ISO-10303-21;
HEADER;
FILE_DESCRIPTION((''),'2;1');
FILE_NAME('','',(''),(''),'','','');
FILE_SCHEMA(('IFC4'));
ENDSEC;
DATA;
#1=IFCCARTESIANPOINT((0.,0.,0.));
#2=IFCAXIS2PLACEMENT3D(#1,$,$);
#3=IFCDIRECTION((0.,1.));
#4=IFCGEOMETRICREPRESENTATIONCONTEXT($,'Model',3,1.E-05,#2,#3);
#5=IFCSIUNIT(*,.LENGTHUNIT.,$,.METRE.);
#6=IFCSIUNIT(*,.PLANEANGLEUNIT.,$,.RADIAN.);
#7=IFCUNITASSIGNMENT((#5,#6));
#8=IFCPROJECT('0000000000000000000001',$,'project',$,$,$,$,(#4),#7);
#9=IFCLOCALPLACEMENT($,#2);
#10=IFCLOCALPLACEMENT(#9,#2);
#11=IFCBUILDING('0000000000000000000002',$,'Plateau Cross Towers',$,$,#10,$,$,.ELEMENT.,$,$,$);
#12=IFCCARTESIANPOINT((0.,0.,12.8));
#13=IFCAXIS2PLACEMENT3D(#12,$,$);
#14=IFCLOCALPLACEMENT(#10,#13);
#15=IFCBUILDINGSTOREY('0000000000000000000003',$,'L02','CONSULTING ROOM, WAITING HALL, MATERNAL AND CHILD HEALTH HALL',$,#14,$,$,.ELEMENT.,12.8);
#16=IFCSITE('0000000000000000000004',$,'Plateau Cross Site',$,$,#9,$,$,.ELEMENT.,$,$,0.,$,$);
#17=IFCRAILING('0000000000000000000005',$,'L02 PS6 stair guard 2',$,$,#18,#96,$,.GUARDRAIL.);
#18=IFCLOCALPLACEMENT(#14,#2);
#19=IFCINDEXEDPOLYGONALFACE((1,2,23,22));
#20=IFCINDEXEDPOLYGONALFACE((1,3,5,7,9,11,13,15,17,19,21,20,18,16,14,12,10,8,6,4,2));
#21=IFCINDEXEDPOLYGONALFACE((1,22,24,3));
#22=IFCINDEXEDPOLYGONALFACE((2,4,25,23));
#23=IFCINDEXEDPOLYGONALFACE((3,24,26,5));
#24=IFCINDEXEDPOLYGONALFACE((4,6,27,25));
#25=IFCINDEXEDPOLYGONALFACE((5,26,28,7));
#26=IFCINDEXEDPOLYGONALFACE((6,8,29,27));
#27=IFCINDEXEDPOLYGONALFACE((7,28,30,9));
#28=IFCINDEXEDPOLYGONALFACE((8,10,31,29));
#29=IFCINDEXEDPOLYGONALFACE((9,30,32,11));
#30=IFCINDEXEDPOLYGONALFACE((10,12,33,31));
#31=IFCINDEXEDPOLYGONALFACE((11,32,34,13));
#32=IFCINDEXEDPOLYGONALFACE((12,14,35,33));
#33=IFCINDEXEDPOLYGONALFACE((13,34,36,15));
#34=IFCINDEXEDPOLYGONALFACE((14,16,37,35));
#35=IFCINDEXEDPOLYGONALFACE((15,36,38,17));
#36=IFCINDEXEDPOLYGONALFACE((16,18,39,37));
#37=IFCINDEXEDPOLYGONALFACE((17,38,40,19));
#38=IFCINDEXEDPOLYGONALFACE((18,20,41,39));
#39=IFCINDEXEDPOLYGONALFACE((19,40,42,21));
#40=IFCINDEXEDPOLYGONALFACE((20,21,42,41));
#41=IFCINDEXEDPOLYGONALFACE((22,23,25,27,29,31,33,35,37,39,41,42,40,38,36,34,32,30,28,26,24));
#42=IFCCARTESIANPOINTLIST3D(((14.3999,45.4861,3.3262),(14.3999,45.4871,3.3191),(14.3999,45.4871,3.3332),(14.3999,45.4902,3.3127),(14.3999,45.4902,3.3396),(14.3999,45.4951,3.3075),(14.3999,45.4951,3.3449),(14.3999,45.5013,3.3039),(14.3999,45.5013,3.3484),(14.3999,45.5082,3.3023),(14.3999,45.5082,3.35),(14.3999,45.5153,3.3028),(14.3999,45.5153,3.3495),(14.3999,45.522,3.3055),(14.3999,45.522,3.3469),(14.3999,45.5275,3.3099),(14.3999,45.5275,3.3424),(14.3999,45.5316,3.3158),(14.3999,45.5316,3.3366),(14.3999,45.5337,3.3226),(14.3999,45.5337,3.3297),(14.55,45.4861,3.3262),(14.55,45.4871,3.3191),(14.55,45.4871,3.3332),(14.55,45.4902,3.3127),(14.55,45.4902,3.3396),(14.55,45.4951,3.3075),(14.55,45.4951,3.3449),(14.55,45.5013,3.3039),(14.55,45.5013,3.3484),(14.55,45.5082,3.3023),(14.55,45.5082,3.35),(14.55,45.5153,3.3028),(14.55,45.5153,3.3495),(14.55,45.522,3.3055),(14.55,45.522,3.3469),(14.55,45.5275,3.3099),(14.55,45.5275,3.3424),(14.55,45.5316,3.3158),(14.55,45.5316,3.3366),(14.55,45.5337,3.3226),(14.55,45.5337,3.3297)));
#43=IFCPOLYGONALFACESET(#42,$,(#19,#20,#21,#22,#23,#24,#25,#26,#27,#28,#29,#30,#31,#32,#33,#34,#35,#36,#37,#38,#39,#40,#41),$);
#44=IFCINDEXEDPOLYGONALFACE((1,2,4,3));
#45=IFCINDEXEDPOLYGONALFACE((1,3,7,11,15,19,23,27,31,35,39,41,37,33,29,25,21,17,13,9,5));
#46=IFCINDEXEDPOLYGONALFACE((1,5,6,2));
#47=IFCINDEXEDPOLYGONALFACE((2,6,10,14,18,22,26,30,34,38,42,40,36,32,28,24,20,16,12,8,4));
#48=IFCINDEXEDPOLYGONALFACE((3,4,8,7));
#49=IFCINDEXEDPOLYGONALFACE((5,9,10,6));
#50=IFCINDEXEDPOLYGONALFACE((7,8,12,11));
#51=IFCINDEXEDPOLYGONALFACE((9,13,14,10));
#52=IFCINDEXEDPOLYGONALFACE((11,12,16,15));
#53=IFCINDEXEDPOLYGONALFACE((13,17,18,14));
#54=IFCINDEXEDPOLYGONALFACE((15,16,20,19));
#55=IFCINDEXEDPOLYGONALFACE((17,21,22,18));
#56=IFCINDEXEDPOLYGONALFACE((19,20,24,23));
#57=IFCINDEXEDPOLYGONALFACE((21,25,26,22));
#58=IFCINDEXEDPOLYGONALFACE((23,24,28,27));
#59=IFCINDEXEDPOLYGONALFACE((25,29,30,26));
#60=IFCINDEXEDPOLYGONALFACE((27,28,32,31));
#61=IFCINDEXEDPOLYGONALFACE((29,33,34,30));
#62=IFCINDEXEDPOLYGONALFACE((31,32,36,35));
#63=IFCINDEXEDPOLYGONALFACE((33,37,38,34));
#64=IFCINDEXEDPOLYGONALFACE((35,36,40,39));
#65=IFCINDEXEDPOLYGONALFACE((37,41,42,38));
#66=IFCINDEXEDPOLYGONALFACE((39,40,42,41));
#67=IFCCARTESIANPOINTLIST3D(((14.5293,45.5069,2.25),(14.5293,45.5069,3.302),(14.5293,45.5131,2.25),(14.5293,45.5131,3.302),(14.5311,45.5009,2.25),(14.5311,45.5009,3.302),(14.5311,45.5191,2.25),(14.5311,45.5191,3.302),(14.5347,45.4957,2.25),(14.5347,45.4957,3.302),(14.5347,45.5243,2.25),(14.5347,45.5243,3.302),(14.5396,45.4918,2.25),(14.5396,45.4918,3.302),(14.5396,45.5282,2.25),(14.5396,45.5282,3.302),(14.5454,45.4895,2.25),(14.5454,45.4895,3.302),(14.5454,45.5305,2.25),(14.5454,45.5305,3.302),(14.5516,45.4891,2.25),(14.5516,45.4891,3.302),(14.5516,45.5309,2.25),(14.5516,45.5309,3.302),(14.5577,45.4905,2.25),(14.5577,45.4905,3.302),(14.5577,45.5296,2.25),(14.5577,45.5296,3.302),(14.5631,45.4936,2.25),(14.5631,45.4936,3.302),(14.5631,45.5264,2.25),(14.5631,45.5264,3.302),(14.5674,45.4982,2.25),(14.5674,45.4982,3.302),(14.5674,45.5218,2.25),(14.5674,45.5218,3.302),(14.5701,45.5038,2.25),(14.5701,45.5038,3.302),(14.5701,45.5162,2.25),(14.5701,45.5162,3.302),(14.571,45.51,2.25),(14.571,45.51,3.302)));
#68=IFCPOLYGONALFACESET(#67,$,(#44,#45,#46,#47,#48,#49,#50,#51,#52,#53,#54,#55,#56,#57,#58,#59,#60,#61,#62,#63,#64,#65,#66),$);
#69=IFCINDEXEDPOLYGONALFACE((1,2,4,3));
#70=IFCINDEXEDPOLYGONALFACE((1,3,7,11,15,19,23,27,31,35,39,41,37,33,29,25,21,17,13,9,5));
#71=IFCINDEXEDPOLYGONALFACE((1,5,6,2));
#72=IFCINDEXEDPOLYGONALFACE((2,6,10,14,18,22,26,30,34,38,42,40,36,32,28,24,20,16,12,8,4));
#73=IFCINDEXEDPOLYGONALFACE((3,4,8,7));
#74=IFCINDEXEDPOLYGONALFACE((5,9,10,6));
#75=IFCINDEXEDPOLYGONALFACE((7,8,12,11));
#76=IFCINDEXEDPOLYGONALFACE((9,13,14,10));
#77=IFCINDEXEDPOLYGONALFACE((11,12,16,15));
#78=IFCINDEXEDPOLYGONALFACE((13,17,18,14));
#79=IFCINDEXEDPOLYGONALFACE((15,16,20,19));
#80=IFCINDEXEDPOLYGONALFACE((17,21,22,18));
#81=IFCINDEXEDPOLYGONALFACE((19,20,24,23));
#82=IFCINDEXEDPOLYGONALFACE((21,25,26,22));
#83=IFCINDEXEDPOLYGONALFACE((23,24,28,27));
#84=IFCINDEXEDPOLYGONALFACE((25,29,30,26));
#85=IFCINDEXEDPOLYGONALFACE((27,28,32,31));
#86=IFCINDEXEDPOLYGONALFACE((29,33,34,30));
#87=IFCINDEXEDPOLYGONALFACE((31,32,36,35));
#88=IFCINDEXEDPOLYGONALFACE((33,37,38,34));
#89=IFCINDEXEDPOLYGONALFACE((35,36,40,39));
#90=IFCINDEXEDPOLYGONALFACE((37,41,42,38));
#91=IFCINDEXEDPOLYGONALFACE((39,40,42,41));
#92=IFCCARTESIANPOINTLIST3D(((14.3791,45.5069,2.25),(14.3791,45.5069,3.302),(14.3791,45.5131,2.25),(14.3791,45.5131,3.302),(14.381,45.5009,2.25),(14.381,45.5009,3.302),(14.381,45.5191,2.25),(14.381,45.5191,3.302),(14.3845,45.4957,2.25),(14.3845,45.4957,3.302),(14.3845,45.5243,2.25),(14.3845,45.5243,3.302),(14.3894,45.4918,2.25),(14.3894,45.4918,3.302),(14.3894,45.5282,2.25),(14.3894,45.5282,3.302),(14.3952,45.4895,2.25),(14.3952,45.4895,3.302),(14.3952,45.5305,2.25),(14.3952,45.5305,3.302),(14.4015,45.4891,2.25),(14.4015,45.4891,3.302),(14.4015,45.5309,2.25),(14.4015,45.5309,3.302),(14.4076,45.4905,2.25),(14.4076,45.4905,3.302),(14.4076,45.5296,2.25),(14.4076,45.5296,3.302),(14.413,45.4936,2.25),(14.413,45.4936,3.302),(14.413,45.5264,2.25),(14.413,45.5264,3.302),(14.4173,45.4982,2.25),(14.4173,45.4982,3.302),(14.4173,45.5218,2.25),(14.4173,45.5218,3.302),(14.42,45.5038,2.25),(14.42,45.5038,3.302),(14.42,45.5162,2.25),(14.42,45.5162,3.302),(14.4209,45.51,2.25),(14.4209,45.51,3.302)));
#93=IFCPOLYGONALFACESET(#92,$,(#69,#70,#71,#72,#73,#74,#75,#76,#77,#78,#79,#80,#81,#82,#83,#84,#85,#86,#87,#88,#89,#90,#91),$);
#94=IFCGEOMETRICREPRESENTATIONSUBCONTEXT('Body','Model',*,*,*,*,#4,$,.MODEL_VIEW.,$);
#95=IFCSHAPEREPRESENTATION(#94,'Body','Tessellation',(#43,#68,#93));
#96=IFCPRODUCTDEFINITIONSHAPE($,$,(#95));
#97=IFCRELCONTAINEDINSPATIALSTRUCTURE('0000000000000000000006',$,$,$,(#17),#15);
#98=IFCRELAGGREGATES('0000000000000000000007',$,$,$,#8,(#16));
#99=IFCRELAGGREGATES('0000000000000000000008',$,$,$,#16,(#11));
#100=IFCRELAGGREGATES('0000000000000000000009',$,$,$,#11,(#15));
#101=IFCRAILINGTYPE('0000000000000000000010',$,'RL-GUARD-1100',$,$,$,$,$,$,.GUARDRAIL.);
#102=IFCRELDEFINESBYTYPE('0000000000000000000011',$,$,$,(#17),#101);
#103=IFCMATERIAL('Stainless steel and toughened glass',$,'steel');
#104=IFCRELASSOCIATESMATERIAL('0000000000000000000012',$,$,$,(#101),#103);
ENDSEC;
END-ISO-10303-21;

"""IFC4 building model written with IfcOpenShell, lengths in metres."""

from ifc_helpers import new_model, si_unit, direction, frame, origin, origin_2d, place, context, subcontext, project, spatial, circle, extrude, material, type_object, element, save


model = new_model("IFC4")

# Units and contexts
model_context = context("Model", 3, precision=1e-05, world=origin(), true_north=direction((0.0, 1.0)))
body_context = subcontext(model_context, "Body", "Model", "MODEL_VIEW")
ifc_project = project(units=[si_unit("LENGTHUNIT", "METRE"), si_unit("PLANEANGLEUNIT", "RADIAN")], contexts=[model_context])

# Site, building, storey
site_placement = place(None, origin())
site = spatial("IfcSite", under=ifc_project, at=site_placement, Name="Plateau Cross Site", CompositionType="ELEMENT", RefElevation=0.0)
building_placement = place(site_placement, origin())
building = spatial("IfcBuilding", under=site, at=building_placement, Name="Plateau Cross Towers", CompositionType="ELEMENT")
storey_placement = place(building_placement, frame((0.0, 0.0, 12.8)))
storey = spatial("IfcBuildingStorey", under=building, at=storey_placement, Name="L02", Description="CONSULTING ROOM, WAITING HALL, MATERNAL AND CHILD HEALTH HALL", CompositionType="ELEMENT", Elevation=12.8)

# Railing
ifc_material_1 = material(Name="Stainless steel and toughened glass", Category="steel")
railing_type_1 = type_object("IfcRailingType", Name="RL-GUARD-1100", PredefinedType="GUARDRAIL", material=ifc_material_1)
railing_1_placement = place(storey_placement, frame((14.55, 45.51, 2.25)))
element("IfcRailing", 1, at=railing_1_placement, inside=storey, type_object=railing_type_1, Name="L02 PS6 stair guard 2", PredefinedType="GUARDRAIL", context=body_context, shape_type="SweptSolid", body=[
    extrude(circle(Radius=0.0239, at=origin_2d()), frame((0.0, 0.0, 1.0762), z_axis=(-1.0, 0.0, 0.0), x_axis=(0.0, -1.0, 0.0)), (0.0, 0.0, 1.0), 0.1501),
    extrude(circle(Radius=0.021, at=origin_2d()), origin(), (0.0, 0.0, 1.0), 1.052),
    extrude(circle(Radius=0.021, at=origin_2d()), frame((-0.1501, 0.0, 0.0)), (0.0, 0.0, 1.0), 1.052),
])

save(model, "model.ifc")
